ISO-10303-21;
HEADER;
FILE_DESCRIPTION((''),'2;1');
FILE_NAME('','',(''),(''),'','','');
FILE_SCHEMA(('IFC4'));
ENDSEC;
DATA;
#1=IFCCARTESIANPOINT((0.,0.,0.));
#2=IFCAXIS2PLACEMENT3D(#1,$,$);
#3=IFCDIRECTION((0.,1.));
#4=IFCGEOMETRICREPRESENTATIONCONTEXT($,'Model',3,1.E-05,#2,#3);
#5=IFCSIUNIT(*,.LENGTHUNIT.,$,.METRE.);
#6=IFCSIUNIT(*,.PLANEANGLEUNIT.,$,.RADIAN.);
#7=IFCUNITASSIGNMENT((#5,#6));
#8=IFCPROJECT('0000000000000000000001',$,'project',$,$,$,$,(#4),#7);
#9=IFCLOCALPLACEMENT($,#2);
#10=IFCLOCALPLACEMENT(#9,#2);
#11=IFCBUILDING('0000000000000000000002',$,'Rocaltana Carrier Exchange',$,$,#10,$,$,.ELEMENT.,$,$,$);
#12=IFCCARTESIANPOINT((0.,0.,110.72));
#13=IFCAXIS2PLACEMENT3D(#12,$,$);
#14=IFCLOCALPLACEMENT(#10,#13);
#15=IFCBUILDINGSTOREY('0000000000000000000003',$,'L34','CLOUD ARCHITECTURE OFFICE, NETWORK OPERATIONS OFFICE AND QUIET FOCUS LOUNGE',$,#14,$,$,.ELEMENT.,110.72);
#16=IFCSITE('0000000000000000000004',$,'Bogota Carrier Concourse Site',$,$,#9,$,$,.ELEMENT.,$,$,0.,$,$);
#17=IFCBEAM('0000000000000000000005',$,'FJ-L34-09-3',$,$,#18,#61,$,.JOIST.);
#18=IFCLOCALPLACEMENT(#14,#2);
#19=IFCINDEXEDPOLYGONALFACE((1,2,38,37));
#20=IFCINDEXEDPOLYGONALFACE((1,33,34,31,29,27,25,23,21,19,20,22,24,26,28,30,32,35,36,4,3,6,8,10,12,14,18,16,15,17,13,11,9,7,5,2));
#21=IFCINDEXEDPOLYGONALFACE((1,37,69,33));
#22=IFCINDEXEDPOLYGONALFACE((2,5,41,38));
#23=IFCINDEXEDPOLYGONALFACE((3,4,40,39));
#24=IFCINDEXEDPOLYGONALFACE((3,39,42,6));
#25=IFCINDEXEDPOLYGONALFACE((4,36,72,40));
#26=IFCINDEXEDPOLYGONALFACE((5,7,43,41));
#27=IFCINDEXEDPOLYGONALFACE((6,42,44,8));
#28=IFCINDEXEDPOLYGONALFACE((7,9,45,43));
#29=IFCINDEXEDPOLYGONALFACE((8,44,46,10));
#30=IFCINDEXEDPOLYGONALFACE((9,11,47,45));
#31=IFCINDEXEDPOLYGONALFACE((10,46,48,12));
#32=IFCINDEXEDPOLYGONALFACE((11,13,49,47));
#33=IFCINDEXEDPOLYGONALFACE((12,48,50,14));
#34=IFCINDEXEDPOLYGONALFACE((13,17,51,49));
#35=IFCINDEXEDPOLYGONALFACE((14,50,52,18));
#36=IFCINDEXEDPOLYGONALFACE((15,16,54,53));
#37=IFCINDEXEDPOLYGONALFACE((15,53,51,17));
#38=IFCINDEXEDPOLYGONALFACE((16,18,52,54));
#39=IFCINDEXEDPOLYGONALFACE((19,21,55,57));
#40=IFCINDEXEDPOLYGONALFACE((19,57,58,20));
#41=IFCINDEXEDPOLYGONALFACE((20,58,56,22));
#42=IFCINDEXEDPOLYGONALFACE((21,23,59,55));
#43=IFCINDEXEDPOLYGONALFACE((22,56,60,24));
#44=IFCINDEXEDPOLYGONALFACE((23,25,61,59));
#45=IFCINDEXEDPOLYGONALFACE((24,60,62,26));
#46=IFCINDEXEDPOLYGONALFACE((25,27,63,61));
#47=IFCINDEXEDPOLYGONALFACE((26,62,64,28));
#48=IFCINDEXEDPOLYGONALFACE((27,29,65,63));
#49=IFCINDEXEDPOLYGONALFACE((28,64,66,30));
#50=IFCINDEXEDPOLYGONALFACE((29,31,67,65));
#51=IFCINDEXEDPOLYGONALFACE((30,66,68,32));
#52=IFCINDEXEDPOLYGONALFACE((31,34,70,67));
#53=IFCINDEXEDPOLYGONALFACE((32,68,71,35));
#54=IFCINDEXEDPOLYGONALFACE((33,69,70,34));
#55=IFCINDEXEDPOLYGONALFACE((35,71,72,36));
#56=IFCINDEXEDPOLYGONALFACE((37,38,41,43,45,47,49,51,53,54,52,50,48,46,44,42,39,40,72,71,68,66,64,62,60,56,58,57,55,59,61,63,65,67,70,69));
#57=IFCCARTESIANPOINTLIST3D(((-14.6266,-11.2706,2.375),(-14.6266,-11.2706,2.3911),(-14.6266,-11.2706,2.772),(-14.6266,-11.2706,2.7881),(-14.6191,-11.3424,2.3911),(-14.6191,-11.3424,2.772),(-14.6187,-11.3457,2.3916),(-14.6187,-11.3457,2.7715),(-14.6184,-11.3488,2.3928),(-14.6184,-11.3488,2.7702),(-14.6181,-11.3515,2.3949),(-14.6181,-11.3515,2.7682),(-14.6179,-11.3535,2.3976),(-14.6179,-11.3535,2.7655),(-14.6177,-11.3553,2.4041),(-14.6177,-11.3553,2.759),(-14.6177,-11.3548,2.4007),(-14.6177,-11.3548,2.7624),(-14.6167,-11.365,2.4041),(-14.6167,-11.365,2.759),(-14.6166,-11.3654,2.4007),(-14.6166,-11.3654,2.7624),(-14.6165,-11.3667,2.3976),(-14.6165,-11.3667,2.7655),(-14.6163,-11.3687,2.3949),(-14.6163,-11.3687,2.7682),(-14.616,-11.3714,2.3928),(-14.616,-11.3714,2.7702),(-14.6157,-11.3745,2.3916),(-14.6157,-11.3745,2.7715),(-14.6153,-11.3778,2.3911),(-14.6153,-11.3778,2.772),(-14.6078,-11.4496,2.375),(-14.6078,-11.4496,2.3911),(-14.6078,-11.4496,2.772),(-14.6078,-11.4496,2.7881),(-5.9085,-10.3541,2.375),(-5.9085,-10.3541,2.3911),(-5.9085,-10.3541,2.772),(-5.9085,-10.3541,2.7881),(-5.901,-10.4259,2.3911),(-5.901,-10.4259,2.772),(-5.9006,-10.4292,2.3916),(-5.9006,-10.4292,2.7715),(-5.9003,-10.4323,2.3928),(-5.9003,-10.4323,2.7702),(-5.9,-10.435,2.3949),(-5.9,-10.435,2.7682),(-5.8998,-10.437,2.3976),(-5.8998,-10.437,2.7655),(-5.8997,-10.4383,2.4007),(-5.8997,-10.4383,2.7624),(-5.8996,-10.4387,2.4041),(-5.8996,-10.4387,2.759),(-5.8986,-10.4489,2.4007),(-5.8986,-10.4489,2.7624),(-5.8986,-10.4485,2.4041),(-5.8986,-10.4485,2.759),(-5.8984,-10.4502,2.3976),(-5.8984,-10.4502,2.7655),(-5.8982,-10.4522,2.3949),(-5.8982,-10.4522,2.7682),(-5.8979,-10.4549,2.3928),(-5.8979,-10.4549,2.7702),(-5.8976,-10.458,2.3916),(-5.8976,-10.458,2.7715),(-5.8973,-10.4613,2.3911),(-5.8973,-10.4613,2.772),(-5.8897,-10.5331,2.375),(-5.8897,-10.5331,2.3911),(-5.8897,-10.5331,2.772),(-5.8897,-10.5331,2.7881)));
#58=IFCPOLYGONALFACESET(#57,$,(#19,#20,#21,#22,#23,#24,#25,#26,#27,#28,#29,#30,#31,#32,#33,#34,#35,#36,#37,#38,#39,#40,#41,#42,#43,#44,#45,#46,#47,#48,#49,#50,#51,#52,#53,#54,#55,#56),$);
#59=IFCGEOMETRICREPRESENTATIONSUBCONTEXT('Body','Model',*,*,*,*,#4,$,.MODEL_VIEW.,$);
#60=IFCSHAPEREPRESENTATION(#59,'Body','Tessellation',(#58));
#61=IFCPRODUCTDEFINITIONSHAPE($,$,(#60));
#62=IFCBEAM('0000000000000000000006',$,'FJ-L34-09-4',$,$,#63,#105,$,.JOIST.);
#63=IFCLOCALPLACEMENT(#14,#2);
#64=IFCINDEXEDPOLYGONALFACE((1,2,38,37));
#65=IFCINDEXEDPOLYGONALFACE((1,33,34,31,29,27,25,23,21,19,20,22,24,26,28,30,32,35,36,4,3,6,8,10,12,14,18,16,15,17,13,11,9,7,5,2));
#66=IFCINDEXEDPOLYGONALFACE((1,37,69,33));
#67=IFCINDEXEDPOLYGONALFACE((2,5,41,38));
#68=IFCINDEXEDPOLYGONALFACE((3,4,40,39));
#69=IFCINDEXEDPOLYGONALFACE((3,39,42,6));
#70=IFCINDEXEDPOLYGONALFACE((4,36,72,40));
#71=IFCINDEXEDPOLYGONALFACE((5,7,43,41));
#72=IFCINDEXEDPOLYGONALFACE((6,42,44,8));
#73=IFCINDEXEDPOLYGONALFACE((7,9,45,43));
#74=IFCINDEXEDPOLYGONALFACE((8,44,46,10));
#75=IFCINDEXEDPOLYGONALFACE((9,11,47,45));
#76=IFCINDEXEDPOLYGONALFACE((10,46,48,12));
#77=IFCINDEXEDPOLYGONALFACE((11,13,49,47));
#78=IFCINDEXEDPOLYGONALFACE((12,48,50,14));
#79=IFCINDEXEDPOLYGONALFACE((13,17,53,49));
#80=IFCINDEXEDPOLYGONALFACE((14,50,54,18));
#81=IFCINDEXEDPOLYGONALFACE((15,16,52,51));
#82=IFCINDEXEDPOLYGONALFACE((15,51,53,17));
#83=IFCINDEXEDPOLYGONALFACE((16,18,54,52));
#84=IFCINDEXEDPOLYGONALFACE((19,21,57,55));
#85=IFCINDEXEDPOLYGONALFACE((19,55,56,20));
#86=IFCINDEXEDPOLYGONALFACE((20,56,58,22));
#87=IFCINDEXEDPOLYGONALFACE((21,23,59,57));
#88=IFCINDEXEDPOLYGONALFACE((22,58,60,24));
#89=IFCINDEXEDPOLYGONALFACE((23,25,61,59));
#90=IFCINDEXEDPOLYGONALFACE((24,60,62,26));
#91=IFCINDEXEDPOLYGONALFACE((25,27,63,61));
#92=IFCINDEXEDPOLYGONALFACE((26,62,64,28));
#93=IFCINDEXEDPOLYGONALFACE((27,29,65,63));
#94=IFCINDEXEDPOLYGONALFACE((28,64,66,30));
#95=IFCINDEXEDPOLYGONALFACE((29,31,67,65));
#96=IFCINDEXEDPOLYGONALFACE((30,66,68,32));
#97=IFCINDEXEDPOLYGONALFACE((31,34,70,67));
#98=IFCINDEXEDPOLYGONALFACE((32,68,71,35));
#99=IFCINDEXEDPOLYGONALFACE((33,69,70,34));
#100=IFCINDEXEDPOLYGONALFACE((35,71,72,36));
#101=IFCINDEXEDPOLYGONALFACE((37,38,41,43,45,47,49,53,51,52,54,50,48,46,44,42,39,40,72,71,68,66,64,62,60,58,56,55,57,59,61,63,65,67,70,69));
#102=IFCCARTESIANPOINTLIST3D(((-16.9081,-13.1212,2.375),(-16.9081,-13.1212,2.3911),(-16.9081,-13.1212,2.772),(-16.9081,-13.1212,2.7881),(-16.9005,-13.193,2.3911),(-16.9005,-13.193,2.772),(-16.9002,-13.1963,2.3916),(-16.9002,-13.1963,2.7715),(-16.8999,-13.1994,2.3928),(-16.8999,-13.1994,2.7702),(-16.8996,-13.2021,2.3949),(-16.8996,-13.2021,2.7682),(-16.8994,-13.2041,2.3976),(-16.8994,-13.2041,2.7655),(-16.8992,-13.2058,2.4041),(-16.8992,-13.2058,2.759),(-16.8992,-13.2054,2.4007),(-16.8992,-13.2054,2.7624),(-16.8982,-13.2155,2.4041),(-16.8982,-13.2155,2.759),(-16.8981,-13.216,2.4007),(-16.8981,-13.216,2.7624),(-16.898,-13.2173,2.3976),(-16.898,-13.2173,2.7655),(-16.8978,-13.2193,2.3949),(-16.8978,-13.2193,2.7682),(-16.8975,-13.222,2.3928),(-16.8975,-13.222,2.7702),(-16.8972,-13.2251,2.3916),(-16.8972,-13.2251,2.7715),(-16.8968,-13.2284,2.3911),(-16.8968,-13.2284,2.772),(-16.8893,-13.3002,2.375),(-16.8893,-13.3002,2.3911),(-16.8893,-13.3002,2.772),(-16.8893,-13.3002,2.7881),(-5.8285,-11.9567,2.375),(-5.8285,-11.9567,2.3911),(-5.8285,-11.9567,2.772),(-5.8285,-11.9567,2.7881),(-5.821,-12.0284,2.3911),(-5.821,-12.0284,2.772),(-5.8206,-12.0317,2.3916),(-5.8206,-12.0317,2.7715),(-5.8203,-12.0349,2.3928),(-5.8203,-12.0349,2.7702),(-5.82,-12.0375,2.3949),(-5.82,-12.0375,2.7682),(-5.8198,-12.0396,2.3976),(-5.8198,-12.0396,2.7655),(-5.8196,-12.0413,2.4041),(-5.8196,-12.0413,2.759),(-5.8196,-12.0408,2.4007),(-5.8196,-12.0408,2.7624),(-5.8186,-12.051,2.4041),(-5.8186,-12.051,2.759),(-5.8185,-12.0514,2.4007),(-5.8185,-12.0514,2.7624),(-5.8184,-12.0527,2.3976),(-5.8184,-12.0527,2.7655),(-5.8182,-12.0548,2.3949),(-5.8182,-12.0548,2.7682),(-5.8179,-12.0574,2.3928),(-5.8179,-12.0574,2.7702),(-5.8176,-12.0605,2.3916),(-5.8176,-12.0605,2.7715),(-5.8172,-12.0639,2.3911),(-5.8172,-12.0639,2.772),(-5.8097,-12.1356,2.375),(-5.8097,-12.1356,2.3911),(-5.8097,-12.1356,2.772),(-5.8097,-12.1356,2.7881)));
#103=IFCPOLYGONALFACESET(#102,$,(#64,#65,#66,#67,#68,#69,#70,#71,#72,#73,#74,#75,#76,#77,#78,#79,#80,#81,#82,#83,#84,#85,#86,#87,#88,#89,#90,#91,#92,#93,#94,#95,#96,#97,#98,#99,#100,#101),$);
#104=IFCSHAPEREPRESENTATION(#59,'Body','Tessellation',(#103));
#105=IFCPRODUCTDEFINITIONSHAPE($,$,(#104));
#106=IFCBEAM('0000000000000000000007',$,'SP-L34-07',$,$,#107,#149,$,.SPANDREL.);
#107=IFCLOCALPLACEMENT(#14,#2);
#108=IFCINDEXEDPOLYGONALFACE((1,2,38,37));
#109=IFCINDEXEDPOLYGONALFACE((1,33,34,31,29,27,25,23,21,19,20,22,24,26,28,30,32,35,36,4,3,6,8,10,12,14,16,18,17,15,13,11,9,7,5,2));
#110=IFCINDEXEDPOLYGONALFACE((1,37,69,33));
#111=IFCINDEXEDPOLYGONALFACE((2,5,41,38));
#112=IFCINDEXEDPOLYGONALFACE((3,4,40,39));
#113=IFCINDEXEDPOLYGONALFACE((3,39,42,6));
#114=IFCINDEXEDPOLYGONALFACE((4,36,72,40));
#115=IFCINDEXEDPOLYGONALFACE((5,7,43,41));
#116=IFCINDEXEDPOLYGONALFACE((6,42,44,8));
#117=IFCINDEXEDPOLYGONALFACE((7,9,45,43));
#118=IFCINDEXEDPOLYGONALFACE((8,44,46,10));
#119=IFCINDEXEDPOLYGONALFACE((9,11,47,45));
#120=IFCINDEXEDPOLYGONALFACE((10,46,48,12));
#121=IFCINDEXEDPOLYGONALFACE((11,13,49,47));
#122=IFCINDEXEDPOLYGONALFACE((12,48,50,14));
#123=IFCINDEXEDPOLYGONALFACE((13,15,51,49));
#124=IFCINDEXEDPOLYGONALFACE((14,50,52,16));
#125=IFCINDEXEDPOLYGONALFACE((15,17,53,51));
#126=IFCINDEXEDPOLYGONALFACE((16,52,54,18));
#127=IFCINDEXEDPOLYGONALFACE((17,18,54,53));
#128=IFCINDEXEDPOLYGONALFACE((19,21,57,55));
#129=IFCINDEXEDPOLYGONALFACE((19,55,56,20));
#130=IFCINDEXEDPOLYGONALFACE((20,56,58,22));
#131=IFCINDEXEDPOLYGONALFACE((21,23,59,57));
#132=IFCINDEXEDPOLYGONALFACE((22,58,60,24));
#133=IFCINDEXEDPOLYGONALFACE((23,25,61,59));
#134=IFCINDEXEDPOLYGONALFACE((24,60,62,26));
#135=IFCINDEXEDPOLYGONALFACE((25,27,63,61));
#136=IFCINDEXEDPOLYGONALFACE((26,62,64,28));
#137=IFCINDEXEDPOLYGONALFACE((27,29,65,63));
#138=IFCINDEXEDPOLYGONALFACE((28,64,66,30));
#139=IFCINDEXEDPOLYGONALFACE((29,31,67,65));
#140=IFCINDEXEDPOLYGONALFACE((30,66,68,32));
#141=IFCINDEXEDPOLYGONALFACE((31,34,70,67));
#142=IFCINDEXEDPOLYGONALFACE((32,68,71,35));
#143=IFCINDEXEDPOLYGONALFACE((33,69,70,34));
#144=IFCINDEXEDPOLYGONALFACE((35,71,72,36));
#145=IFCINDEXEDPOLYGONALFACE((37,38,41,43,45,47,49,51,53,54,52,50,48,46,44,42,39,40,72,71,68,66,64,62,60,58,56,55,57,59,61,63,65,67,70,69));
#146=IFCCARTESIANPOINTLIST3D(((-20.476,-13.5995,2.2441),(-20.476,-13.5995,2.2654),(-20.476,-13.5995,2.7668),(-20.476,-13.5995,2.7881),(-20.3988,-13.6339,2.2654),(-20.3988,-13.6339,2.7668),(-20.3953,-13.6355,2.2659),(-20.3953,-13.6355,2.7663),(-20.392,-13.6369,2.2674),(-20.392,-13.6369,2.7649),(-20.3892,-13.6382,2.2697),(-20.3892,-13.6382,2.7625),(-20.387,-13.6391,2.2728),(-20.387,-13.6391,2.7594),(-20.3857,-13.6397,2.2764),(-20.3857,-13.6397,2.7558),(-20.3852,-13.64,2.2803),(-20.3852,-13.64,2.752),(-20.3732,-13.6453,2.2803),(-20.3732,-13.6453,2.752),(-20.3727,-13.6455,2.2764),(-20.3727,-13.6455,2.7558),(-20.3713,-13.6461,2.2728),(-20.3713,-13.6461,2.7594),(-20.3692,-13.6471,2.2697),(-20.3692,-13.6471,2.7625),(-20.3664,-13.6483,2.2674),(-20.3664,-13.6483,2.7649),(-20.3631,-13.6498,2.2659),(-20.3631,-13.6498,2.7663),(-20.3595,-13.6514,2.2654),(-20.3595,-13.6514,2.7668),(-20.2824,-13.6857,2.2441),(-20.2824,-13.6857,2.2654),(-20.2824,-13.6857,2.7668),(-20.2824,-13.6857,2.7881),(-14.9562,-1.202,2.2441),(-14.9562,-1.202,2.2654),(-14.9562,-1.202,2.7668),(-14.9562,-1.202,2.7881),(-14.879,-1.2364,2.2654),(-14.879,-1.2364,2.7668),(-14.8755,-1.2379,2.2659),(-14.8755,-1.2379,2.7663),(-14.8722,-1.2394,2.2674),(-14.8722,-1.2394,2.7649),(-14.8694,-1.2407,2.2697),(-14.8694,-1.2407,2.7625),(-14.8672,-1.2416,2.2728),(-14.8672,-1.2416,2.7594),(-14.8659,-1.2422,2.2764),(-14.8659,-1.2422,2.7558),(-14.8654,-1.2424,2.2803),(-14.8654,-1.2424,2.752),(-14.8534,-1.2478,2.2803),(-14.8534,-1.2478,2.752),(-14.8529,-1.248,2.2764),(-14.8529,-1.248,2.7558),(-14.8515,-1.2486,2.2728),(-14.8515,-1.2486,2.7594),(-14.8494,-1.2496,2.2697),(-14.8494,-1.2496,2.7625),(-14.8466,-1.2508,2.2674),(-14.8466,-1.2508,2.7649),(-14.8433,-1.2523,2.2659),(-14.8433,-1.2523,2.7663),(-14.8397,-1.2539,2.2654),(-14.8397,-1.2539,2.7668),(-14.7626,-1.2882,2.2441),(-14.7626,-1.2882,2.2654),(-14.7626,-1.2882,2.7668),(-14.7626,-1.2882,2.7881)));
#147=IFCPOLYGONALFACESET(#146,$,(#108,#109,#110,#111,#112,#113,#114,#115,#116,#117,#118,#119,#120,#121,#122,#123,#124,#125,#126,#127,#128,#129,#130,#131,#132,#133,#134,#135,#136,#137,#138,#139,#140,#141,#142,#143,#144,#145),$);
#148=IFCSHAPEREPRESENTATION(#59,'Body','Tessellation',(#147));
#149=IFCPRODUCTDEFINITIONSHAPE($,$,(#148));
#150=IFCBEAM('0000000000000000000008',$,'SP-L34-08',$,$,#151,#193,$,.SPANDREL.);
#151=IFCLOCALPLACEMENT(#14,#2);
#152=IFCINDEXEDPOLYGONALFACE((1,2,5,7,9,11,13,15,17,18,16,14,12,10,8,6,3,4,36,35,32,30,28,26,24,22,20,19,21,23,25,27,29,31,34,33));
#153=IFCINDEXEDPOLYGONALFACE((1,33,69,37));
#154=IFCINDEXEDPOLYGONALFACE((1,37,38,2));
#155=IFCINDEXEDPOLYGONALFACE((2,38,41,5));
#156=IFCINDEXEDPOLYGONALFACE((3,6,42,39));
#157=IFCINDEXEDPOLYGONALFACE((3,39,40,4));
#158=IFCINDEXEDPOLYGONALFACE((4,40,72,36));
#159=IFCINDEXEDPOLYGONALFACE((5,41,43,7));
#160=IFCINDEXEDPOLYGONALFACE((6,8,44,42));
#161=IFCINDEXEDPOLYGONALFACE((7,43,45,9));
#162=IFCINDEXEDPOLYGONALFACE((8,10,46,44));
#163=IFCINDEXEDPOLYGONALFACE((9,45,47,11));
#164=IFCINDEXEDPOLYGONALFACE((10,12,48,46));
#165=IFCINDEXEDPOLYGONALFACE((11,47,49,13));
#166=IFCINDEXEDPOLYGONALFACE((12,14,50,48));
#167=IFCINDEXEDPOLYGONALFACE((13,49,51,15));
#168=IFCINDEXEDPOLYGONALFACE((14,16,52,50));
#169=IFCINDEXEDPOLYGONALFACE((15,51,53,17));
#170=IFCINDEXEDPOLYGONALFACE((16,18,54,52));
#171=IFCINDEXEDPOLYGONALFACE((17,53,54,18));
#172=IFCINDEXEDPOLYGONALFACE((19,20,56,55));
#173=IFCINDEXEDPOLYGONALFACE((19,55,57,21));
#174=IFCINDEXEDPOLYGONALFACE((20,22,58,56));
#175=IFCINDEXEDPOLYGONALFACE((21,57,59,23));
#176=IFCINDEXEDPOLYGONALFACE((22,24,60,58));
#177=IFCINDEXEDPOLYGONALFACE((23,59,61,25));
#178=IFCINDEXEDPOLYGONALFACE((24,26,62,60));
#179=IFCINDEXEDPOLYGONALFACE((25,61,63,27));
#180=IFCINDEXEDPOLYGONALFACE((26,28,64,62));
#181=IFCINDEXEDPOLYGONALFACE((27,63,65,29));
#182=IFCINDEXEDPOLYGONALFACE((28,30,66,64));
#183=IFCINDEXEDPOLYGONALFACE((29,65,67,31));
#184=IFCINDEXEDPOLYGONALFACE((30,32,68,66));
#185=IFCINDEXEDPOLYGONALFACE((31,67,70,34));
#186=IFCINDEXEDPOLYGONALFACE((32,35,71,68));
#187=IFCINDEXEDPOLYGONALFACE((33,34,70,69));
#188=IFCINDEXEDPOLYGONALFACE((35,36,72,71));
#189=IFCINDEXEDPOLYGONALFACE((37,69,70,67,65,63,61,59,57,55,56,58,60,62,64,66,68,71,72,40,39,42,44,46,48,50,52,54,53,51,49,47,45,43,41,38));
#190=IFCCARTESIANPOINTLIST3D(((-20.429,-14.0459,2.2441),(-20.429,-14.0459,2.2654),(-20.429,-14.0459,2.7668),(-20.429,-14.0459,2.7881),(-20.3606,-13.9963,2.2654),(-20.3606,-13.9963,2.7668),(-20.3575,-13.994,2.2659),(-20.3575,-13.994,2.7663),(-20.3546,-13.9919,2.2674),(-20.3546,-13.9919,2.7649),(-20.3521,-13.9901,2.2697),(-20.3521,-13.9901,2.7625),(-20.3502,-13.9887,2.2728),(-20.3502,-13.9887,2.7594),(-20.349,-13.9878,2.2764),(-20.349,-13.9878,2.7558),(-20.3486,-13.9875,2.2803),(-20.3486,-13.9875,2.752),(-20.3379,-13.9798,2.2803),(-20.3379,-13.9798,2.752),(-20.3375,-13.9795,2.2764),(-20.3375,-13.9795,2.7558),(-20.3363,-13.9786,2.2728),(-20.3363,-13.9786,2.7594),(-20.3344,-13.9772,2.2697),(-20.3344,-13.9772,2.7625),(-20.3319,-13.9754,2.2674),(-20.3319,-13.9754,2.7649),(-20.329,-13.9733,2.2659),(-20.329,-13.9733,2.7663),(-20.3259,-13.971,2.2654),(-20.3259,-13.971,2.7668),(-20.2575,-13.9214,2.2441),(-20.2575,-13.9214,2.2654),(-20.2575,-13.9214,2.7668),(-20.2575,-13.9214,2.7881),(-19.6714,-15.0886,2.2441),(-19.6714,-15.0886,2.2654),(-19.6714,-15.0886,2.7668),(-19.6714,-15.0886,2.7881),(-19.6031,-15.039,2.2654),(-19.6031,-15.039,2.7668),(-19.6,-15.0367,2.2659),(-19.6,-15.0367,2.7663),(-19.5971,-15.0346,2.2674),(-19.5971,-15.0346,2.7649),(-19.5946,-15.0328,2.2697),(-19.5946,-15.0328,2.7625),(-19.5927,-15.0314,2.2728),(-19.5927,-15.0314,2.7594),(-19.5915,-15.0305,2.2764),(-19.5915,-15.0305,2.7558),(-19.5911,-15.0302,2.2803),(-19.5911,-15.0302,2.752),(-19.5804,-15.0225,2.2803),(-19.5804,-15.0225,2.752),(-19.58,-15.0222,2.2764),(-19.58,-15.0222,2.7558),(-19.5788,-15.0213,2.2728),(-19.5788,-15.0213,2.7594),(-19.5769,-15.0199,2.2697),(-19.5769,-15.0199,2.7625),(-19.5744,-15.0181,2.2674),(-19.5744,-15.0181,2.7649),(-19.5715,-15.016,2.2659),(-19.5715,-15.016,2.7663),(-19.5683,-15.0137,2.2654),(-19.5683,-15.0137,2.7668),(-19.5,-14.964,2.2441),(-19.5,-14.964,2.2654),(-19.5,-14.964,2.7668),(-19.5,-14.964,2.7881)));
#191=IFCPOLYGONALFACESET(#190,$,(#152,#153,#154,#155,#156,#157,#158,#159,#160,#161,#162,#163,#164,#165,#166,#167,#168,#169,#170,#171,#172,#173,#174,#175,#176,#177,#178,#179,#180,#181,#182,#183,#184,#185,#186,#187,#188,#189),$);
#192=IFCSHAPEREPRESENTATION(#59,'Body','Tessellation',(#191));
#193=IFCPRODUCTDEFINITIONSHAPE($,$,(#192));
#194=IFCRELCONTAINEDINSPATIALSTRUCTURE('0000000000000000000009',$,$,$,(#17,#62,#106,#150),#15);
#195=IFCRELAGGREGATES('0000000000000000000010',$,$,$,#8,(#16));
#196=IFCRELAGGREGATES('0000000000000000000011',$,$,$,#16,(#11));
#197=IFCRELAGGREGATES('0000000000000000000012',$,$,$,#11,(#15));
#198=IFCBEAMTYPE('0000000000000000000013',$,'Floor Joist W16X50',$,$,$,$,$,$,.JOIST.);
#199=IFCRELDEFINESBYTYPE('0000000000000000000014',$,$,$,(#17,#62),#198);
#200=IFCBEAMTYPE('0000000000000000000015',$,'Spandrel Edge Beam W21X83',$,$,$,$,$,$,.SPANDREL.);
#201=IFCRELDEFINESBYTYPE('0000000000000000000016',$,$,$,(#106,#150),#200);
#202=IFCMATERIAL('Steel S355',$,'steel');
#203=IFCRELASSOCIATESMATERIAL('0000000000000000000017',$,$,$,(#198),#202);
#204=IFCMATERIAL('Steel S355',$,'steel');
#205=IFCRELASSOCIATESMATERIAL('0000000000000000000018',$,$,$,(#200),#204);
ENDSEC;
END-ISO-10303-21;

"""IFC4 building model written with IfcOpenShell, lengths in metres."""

from ifc_helpers import new_model, si_unit, direction, frame, origin, origin_2d, place, context, subcontext, project, spatial, i_section, extrude, material, material_profile, profile_set, type_object, element, save


model = new_model("IFC4")

# Units and contexts
model_context = context("Model", 3, precision=1e-05, world=origin(), true_north=direction((0.0, 1.0)))
body_context = subcontext(model_context, "Body", "Model", "MODEL_VIEW")
ifc_project = project(units=[si_unit("LENGTHUNIT", "METRE"), si_unit("PLANEANGLEUNIT", "RADIAN")], contexts=[model_context])

# Site, building, storey
site_placement = place(None, origin())
site = spatial("IfcSite", under=ifc_project, at=site_placement, Name="Bogota Carrier Concourse Site", CompositionType="ELEMENT", RefElevation=0.0)
building_placement = place(site_placement, origin())
building = spatial("IfcBuilding", under=site, at=building_placement, Name="Rocaltana Carrier Exchange", CompositionType="ELEMENT")
storey_placement = place(building_placement, frame((0.0, 0.0, 110.72)))
storey = spatial("IfcBuildingStorey", under=building, at=storey_placement, Name="L34", Description="CLOUD ARCHITECTURE OFFICE, NETWORK OPERATIONS OFFICE AND QUIET FOCUS LOUNGE", CompositionType="ELEMENT", Elevation=110.72)

# Beams
ifc_material_1 = material(Name="Steel S355", Category="steel")
ifc_material_profile_1 = material_profile(ifc_material_1, i_section(OverallWidth=0.1799, OverallDepth=0.4131, WebThickness=0.0098, FlangeThickness=0.0161, FilletRadius=0.0129, at=origin_2d()), Name="W16X50")
ifc_profile_set_1 = profile_set([ifc_material_profile_1], Name="Steel S355")
beam_type_1 = type_object("IfcBeamType", Name="Floor Joist W16X50", PredefinedType="JOIST", material=ifc_profile_set_1)
beam_1_placement = place(storey_placement, frame((-14.6172, -11.3601, 2.5815), z_axis=(0.994519, 0.104551, 0.0), x_axis=(-0.104551, 0.994519, 0.0)))
element("IfcBeam", 1, at=beam_1_placement, inside=storey, type_object=beam_type_1, Name="FJ-L34-09-3", PredefinedType="JOIST", context=body_context, shape_type="SweptSolid", body=[
    extrude(i_section(OverallWidth=0.1799, OverallDepth=0.4131, WebThickness=0.0098, FlangeThickness=0.0161, FilletRadius=0.0129, at=origin_2d()), origin(), (0.0, 0.0, 1.0), 8.7661),
])
beam_2_placement = place(storey_placement, frame((-16.8987, -13.2107, 2.5815), z_axis=(0.994522, 0.104532, 0.0), x_axis=(-0.104532, 0.994522, 0.0)))
element("IfcBeam", 2, at=beam_2_placement, inside=storey, type_object=beam_type_1, Name="FJ-L34-09-4", PredefinedType="JOIST", context=body_context, shape_type="SweptSolid", body=[
    extrude(i_section(OverallWidth=0.1799, OverallDepth=0.4131, WebThickness=0.0098, FlangeThickness=0.0161, FilletRadius=0.0129, at=origin_2d()), origin(), (0.0, 0.0, 1.0), 11.1406),
])
ifc_material_2 = material(Name="Steel S355", Category="steel")
ifc_material_profile_2 = material_profile(ifc_material_2, i_section(OverallWidth=0.2119, OverallDepth=0.5439, WebThickness=0.0132, FlangeThickness=0.0212, FilletRadius=0.0149, at=origin_2d()), Name="W21X83")
ifc_profile_set_2 = profile_set([ifc_material_profile_2], Name="Steel S355")
beam_type_2 = type_object("IfcBeamType", Name="Spandrel Edge Beam W21X83", PredefinedType="SPANDREL", material=ifc_profile_set_2)
beam_3_placement = place(storey_placement, frame((-14.8594, -1.2451, 2.5161), z_axis=(-0.406741, -0.913544, 0.0), x_axis=(0.913544, -0.406741, 0.0)))
element("IfcBeam", 3, at=beam_3_placement, inside=storey, type_object=beam_type_2, Name="SP-L34-07", PredefinedType="SPANDREL", context=body_context, shape_type="SweptSolid", body=[
    extrude(i_section(OverallWidth=0.2119, OverallDepth=0.5439, WebThickness=0.0132, FlangeThickness=0.0212, FilletRadius=0.0149, at=origin_2d()), origin(), (0.0, 0.0, 1.0), 13.5708),
])
beam_4_placement = place(storey_placement, frame((-20.3433, -13.9836, 2.5161), z_axis=(0.587777, -0.809023, 0.0), x_axis=(0.809023, 0.587777, 0.0)))
element("IfcBeam", 4, at=beam_4_placement, inside=storey, type_object=beam_type_2, Name="SP-L34-08", PredefinedType="SPANDREL", context=body_context, shape_type="SweptSolid", body=[
    extrude(i_section(OverallWidth=0.2119, OverallDepth=0.5439, WebThickness=0.0132, FlangeThickness=0.0212, FilletRadius=0.0149, at=origin_2d()), origin(), (0.0, 0.0, 1.0), 1.2888),
])

save(model, "model.ifc")
